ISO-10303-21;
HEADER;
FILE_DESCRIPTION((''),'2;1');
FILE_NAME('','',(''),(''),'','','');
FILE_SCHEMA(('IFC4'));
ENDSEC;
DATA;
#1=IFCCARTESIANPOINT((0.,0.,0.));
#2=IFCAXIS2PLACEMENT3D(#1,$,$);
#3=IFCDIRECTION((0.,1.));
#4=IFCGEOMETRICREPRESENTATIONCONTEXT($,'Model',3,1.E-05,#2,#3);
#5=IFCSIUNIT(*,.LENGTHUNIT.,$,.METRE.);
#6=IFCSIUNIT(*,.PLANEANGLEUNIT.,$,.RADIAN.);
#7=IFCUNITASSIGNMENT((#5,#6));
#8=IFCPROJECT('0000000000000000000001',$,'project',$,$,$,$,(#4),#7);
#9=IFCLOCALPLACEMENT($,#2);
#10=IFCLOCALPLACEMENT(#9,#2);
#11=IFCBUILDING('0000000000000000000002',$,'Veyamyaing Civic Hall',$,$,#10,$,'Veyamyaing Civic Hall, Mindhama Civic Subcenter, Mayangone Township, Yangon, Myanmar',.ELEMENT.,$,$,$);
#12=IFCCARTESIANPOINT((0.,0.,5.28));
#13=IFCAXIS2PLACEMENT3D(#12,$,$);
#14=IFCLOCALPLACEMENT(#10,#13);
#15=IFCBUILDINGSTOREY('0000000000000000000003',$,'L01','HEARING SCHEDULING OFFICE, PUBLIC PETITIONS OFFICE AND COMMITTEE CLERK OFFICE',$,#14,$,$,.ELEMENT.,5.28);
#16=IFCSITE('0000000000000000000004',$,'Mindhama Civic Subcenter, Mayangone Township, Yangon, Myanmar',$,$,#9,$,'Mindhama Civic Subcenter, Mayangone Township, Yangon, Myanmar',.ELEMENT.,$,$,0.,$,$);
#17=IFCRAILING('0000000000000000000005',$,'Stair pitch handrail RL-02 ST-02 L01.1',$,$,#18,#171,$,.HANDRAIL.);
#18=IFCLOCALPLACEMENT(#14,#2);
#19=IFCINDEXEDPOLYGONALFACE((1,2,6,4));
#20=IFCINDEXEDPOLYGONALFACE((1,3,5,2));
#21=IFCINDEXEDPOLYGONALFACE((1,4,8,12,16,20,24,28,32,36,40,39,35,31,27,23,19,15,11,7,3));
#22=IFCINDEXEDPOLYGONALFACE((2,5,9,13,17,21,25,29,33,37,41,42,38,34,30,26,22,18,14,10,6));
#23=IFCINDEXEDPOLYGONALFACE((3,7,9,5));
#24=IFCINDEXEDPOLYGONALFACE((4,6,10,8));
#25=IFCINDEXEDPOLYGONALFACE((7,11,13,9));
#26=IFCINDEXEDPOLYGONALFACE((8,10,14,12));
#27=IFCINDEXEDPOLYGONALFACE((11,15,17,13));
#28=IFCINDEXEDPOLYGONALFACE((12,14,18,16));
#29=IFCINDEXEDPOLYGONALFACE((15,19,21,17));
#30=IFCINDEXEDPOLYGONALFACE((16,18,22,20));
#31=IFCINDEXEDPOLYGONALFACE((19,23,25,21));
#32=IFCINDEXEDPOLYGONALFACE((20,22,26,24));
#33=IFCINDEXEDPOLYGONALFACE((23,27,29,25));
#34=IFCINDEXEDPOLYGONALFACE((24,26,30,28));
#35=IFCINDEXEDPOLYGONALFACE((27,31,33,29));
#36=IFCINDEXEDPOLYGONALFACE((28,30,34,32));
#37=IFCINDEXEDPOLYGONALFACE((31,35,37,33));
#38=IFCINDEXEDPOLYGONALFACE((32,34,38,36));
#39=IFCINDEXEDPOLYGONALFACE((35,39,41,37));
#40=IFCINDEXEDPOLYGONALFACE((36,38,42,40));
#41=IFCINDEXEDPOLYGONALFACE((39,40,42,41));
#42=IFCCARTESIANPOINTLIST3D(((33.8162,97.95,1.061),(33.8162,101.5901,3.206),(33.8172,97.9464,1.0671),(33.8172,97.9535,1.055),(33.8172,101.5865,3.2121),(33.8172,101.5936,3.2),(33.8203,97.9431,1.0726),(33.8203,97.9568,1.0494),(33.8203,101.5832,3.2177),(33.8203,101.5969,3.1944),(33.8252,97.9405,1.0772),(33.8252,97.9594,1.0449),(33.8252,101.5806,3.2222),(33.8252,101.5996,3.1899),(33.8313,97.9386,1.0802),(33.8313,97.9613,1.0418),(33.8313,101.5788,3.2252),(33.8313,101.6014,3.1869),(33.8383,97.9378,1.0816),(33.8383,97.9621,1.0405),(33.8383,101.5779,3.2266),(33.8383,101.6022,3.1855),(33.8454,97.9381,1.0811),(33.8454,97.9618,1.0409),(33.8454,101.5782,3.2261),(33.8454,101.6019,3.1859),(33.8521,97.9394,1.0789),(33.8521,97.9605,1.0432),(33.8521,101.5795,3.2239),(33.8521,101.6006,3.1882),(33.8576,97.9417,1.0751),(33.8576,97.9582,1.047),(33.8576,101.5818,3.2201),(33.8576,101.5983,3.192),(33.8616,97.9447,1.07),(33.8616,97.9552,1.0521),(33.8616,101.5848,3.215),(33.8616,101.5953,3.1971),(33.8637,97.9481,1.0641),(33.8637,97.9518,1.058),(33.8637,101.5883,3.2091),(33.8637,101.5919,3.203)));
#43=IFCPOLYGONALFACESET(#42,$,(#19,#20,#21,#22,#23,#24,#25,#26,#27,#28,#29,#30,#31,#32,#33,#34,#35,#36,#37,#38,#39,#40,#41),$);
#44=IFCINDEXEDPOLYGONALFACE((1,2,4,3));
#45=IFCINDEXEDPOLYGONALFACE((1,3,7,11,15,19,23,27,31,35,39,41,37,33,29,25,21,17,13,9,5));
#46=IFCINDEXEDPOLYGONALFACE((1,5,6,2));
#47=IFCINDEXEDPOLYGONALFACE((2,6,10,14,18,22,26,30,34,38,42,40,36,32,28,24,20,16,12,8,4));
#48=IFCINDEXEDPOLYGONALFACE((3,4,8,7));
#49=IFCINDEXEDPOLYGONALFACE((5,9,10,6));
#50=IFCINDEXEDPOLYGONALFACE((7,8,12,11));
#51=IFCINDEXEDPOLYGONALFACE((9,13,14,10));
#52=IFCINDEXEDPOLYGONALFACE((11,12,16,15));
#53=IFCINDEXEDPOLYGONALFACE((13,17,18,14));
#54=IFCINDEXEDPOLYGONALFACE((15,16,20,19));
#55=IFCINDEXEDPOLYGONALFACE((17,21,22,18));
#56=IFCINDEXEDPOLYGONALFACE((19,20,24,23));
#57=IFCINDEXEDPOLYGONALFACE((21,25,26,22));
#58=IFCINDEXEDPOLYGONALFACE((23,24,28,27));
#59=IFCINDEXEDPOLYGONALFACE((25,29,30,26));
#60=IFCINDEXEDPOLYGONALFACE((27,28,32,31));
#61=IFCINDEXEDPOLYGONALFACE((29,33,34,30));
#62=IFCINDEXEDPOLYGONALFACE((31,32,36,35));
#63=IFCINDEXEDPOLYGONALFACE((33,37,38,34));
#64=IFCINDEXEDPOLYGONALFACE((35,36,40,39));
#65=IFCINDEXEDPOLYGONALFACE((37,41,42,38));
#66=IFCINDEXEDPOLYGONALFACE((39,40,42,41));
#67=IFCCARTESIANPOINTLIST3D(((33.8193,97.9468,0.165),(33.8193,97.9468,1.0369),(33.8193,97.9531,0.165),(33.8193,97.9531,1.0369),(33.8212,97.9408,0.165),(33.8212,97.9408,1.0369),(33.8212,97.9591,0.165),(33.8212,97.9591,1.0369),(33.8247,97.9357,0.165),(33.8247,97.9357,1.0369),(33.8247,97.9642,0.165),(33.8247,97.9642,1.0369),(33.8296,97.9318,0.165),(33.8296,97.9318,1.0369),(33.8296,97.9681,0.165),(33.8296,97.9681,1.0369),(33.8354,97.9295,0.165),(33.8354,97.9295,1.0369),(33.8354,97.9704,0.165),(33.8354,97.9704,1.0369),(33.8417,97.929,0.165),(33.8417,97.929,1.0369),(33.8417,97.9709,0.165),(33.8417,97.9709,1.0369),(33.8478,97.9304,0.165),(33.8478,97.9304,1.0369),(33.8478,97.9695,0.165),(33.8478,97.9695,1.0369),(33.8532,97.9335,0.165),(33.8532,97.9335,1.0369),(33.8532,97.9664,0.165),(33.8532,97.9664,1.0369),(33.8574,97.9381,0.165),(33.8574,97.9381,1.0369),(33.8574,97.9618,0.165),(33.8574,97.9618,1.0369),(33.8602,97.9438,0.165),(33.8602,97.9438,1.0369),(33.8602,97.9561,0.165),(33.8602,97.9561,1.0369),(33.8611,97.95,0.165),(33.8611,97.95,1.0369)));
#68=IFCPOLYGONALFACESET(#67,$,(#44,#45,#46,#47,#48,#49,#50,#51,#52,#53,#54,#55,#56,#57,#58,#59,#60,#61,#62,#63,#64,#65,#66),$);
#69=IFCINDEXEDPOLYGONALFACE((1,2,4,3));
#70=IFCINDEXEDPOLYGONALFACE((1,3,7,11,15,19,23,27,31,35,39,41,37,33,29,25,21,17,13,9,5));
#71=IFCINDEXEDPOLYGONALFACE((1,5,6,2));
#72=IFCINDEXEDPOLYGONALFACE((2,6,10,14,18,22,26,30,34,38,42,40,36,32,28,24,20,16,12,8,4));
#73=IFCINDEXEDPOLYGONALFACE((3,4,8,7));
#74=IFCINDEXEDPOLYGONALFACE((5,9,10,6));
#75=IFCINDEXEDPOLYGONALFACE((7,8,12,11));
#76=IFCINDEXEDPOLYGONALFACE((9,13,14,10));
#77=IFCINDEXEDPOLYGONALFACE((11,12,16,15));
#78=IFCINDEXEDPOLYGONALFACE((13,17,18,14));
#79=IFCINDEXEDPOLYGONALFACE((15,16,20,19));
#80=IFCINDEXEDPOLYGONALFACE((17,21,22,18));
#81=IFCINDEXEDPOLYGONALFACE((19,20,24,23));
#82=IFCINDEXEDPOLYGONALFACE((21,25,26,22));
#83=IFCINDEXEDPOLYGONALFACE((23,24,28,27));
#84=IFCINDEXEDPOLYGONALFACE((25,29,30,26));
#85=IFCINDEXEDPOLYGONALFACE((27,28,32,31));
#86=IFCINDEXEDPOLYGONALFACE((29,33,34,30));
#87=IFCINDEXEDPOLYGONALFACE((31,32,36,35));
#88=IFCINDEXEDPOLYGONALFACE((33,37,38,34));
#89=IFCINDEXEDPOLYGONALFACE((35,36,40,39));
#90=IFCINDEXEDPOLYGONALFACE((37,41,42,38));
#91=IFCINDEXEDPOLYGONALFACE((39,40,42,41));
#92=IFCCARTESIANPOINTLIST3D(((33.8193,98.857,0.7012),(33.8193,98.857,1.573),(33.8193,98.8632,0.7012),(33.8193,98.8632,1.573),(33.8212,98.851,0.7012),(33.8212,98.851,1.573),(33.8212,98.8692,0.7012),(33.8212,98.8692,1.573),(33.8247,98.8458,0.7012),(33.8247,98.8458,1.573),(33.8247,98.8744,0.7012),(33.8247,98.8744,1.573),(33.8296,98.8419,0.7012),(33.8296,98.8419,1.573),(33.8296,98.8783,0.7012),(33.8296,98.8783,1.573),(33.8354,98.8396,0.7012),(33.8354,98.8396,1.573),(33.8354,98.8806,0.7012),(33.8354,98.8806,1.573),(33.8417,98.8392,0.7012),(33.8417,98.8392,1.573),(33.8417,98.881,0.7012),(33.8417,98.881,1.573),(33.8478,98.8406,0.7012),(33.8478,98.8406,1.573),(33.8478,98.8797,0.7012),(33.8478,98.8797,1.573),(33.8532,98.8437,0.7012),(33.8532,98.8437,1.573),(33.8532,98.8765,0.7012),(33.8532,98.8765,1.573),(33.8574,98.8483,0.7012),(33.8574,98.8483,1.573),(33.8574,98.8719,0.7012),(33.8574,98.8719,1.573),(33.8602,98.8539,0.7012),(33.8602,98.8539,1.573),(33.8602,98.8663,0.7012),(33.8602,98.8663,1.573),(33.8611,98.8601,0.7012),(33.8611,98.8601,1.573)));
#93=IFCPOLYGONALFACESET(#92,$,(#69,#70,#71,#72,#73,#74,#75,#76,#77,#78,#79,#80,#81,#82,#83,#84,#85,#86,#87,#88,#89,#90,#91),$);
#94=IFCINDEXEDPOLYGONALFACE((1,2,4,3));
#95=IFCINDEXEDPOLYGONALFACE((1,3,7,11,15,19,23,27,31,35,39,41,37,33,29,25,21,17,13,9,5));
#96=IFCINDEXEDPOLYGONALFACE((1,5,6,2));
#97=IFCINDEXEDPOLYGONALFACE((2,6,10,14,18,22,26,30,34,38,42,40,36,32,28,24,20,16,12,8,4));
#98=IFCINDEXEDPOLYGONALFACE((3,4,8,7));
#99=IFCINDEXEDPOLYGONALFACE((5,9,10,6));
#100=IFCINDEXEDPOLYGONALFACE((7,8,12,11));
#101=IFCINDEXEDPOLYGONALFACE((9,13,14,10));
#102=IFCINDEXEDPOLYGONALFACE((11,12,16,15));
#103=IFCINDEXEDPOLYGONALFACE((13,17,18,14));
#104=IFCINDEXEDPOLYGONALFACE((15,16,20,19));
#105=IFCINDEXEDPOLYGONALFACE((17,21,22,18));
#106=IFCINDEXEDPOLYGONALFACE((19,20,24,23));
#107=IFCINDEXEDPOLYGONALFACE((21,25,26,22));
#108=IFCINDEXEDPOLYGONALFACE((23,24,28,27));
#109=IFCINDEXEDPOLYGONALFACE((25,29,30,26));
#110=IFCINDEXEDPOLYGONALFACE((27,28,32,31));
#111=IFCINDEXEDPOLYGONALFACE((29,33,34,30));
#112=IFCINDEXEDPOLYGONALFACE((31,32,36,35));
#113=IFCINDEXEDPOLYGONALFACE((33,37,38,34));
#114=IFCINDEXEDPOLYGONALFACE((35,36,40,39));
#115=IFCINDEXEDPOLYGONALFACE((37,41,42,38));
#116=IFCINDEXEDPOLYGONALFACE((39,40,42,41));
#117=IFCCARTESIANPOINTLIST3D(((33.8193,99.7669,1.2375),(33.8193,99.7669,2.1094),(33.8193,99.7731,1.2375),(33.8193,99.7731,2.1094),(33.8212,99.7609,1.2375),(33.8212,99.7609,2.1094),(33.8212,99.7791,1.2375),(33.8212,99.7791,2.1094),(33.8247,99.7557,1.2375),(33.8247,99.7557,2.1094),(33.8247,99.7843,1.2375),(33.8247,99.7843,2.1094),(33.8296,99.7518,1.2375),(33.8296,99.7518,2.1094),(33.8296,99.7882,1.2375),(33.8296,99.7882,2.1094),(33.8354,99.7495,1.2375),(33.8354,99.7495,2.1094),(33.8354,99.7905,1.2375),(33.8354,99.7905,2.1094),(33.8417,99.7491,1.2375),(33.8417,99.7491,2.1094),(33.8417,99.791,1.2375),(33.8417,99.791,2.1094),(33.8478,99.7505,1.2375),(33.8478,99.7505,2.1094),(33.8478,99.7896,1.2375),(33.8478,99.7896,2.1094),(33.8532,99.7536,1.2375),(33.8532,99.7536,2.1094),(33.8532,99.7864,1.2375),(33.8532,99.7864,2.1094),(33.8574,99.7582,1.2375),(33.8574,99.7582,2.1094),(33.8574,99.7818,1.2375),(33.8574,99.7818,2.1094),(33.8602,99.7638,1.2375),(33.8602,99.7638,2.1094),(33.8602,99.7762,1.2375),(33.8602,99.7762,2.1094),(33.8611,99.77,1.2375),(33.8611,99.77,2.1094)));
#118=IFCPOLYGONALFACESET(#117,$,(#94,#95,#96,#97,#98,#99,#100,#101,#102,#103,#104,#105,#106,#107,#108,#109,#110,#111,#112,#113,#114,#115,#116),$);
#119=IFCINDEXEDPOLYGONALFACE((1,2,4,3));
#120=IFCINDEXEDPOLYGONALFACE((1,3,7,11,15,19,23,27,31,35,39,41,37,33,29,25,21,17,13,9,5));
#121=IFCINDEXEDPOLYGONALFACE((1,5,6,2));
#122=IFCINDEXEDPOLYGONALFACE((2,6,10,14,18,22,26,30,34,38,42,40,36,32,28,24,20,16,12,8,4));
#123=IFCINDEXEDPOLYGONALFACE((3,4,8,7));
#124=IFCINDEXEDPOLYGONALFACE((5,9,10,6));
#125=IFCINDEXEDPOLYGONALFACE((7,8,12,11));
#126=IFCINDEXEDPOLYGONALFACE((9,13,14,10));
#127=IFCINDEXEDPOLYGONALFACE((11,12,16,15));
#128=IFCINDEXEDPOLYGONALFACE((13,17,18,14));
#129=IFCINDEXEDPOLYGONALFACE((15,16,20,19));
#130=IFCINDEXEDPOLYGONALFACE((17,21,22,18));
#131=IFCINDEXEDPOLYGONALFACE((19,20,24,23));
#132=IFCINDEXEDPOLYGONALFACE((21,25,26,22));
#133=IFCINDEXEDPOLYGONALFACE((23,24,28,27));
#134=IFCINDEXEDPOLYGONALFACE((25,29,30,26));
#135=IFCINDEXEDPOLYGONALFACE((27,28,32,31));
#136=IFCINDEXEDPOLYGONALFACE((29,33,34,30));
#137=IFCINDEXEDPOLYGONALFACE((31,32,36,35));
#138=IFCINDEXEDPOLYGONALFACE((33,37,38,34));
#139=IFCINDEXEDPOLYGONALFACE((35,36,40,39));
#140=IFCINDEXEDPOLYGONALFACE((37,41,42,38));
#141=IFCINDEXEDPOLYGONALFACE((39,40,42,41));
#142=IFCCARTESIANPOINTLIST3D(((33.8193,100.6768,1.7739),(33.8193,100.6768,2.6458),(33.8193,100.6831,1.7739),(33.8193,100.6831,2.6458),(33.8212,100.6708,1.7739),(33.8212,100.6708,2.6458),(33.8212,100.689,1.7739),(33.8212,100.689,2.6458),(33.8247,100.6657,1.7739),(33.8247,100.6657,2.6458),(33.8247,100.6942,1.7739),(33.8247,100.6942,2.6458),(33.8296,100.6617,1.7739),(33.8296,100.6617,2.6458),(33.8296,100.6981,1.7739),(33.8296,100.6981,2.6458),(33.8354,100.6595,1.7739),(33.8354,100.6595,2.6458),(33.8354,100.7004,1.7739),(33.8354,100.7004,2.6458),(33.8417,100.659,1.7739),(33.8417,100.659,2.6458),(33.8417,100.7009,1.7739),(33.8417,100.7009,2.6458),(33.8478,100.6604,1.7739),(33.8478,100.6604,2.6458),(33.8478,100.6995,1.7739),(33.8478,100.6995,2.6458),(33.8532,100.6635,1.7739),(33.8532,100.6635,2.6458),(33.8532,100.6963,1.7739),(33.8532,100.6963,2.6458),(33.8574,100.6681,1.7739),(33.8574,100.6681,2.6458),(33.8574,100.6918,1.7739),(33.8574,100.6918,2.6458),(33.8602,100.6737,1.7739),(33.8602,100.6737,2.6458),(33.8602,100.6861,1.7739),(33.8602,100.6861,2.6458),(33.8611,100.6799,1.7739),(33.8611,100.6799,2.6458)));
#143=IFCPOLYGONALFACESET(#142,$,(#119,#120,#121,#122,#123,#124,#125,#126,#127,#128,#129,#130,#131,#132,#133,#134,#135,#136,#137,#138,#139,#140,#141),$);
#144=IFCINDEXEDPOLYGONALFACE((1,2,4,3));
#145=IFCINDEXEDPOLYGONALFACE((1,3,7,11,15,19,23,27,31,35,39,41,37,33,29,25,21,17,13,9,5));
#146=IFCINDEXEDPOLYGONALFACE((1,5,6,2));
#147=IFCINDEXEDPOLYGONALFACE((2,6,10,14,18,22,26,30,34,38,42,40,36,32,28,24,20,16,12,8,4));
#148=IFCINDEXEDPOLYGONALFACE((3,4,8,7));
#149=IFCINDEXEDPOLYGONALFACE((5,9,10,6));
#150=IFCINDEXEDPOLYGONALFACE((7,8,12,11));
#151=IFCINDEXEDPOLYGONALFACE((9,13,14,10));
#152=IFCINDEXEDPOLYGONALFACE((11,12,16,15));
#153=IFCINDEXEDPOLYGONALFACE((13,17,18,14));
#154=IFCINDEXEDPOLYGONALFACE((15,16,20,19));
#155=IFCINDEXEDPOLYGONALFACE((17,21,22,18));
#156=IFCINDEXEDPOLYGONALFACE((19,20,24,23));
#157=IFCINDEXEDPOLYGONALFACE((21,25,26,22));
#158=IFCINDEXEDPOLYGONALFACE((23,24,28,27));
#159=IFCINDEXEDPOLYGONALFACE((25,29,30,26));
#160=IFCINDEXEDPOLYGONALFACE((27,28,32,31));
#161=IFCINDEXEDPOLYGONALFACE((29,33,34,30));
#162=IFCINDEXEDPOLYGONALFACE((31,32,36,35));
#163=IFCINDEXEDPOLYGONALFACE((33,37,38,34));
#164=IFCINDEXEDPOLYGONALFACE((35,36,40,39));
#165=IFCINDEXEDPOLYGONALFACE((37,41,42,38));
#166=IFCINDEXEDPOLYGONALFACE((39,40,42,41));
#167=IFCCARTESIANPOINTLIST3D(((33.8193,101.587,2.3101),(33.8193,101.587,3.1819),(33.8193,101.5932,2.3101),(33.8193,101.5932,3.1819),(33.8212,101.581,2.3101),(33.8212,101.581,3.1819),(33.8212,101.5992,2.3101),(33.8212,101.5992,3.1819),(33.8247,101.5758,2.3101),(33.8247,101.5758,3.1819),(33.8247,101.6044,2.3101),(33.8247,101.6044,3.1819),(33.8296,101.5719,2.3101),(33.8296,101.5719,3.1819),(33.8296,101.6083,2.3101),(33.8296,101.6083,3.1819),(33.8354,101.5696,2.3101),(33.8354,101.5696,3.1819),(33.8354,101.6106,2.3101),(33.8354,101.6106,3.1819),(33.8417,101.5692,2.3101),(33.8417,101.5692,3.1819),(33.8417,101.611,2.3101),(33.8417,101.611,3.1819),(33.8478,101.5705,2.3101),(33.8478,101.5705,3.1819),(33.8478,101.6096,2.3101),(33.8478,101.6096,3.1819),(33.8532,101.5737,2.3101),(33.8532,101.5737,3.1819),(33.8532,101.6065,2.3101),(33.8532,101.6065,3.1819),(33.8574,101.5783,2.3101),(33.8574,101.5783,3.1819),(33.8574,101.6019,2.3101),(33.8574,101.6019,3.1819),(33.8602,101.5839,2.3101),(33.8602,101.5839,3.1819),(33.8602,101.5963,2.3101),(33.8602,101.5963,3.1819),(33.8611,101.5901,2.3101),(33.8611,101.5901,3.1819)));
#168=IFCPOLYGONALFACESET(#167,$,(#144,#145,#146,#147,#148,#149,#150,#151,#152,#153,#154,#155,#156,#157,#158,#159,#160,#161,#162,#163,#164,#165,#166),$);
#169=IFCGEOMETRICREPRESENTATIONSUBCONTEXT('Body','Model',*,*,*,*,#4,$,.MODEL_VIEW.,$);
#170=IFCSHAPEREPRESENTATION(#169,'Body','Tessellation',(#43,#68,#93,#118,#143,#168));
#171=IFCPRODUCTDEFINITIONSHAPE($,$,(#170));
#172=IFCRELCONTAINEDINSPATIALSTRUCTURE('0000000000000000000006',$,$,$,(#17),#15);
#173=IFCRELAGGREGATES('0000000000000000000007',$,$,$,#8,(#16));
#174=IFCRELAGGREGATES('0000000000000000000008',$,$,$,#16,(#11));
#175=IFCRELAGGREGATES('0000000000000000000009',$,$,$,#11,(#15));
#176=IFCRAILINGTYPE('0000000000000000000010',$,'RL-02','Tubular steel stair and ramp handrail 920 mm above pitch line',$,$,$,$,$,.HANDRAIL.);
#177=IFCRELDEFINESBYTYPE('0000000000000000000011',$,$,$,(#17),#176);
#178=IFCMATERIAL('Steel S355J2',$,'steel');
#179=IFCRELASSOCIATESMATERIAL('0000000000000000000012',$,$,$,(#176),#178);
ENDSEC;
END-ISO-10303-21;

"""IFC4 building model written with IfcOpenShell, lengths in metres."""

from ifc_helpers import new_model, si_unit, direction, frame, origin, origin_2d, place, context, subcontext, project, spatial, circle, extrude, material, type_object, element, save


model = new_model("IFC4")

# Units and contexts
model_context = context("Model", 3, precision=1e-05, world=origin(), true_north=direction((0.0, 1.0)))
body_context = subcontext(model_context, "Body", "Model", "MODEL_VIEW")
ifc_project = project(units=[si_unit("LENGTHUNIT", "METRE"), si_unit("PLANEANGLEUNIT", "RADIAN")], contexts=[model_context])

# Site, building, storey
site_placement = place(None, origin())
site = spatial("IfcSite", under=ifc_project, at=site_placement, Name="Mindhama Civic Subcenter, Mayangone Township, Yangon, Myanmar", LongName="Mindhama Civic Subcenter, Mayangone Township, Yangon, Myanmar", CompositionType="ELEMENT", RefElevation=0.0)
building_placement = place(site_placement, origin())
building = spatial("IfcBuilding", under=site, at=building_placement, Name="Veyamyaing Civic Hall", LongName="Veyamyaing Civic Hall, Mindhama Civic Subcenter, Mayangone Township, Yangon, Myanmar", CompositionType="ELEMENT")
storey_placement = place(building_placement, frame((0.0, 0.0, 5.28)))
storey = spatial("IfcBuildingStorey", under=building, at=storey_placement, Name="L01", Description="HEARING SCHEDULING OFFICE, PUBLIC PETITIONS OFFICE AND COMMITTEE CLERK OFFICE", CompositionType="ELEMENT", Elevation=5.28)

# Railing
ifc_material_1 = material(Name="Steel S355J2", Category="steel")
railing_type_1 = type_object("IfcRailingType", Name="RL-02", Description="Tubular steel stair and ramp handrail 920 mm above pitch line", PredefinedType="HANDRAIL", material=ifc_material_1)
railing_1_placement = place(storey_placement, frame((33.8401, 97.95, 0.165)))
element("IfcRailing", 1, at=railing_1_placement, inside=storey, type_object=railing_type_1, Name="Stair pitch handrail RL-02 ST-02 L01.1", PredefinedType="HANDRAIL", context=body_context, shape_type="SweptSolid", body=[
    extrude(circle(Radius=0.0239, at=origin_2d()), frame((0.0, 0.0, 0.896), z_axis=(0.0, 0.861545, 0.507682), x_axis=(-1.0, 0.0, 0.0)), (0.0, 0.0, 1.0), 4.2251),
    extrude(circle(Radius=0.021, at=origin_2d()), origin(), (0.0, 0.0, 1.0), 0.8718),
    extrude(circle(Radius=0.021, at=origin_2d()), frame((0.0, 0.9102, 0.5361)), (0.0, 0.0, 1.0), 0.8718),
    extrude(circle(Radius=0.021, at=origin_2d()), frame((0.0, 1.8201, 1.0725)), (0.0, 0.0, 1.0), 0.8718),
    extrude(circle(Radius=0.021, at=origin_2d()), frame((0.0, 2.73, 1.6089)), (0.0, 0.0, 1.0), 0.8718),
    extrude(circle(Radius=0.021, at=origin_2d()), frame((0.0, 3.6401, 2.145)), (0.0, 0.0, 1.0), 0.8718),
])

save(model, "model.ifc")
